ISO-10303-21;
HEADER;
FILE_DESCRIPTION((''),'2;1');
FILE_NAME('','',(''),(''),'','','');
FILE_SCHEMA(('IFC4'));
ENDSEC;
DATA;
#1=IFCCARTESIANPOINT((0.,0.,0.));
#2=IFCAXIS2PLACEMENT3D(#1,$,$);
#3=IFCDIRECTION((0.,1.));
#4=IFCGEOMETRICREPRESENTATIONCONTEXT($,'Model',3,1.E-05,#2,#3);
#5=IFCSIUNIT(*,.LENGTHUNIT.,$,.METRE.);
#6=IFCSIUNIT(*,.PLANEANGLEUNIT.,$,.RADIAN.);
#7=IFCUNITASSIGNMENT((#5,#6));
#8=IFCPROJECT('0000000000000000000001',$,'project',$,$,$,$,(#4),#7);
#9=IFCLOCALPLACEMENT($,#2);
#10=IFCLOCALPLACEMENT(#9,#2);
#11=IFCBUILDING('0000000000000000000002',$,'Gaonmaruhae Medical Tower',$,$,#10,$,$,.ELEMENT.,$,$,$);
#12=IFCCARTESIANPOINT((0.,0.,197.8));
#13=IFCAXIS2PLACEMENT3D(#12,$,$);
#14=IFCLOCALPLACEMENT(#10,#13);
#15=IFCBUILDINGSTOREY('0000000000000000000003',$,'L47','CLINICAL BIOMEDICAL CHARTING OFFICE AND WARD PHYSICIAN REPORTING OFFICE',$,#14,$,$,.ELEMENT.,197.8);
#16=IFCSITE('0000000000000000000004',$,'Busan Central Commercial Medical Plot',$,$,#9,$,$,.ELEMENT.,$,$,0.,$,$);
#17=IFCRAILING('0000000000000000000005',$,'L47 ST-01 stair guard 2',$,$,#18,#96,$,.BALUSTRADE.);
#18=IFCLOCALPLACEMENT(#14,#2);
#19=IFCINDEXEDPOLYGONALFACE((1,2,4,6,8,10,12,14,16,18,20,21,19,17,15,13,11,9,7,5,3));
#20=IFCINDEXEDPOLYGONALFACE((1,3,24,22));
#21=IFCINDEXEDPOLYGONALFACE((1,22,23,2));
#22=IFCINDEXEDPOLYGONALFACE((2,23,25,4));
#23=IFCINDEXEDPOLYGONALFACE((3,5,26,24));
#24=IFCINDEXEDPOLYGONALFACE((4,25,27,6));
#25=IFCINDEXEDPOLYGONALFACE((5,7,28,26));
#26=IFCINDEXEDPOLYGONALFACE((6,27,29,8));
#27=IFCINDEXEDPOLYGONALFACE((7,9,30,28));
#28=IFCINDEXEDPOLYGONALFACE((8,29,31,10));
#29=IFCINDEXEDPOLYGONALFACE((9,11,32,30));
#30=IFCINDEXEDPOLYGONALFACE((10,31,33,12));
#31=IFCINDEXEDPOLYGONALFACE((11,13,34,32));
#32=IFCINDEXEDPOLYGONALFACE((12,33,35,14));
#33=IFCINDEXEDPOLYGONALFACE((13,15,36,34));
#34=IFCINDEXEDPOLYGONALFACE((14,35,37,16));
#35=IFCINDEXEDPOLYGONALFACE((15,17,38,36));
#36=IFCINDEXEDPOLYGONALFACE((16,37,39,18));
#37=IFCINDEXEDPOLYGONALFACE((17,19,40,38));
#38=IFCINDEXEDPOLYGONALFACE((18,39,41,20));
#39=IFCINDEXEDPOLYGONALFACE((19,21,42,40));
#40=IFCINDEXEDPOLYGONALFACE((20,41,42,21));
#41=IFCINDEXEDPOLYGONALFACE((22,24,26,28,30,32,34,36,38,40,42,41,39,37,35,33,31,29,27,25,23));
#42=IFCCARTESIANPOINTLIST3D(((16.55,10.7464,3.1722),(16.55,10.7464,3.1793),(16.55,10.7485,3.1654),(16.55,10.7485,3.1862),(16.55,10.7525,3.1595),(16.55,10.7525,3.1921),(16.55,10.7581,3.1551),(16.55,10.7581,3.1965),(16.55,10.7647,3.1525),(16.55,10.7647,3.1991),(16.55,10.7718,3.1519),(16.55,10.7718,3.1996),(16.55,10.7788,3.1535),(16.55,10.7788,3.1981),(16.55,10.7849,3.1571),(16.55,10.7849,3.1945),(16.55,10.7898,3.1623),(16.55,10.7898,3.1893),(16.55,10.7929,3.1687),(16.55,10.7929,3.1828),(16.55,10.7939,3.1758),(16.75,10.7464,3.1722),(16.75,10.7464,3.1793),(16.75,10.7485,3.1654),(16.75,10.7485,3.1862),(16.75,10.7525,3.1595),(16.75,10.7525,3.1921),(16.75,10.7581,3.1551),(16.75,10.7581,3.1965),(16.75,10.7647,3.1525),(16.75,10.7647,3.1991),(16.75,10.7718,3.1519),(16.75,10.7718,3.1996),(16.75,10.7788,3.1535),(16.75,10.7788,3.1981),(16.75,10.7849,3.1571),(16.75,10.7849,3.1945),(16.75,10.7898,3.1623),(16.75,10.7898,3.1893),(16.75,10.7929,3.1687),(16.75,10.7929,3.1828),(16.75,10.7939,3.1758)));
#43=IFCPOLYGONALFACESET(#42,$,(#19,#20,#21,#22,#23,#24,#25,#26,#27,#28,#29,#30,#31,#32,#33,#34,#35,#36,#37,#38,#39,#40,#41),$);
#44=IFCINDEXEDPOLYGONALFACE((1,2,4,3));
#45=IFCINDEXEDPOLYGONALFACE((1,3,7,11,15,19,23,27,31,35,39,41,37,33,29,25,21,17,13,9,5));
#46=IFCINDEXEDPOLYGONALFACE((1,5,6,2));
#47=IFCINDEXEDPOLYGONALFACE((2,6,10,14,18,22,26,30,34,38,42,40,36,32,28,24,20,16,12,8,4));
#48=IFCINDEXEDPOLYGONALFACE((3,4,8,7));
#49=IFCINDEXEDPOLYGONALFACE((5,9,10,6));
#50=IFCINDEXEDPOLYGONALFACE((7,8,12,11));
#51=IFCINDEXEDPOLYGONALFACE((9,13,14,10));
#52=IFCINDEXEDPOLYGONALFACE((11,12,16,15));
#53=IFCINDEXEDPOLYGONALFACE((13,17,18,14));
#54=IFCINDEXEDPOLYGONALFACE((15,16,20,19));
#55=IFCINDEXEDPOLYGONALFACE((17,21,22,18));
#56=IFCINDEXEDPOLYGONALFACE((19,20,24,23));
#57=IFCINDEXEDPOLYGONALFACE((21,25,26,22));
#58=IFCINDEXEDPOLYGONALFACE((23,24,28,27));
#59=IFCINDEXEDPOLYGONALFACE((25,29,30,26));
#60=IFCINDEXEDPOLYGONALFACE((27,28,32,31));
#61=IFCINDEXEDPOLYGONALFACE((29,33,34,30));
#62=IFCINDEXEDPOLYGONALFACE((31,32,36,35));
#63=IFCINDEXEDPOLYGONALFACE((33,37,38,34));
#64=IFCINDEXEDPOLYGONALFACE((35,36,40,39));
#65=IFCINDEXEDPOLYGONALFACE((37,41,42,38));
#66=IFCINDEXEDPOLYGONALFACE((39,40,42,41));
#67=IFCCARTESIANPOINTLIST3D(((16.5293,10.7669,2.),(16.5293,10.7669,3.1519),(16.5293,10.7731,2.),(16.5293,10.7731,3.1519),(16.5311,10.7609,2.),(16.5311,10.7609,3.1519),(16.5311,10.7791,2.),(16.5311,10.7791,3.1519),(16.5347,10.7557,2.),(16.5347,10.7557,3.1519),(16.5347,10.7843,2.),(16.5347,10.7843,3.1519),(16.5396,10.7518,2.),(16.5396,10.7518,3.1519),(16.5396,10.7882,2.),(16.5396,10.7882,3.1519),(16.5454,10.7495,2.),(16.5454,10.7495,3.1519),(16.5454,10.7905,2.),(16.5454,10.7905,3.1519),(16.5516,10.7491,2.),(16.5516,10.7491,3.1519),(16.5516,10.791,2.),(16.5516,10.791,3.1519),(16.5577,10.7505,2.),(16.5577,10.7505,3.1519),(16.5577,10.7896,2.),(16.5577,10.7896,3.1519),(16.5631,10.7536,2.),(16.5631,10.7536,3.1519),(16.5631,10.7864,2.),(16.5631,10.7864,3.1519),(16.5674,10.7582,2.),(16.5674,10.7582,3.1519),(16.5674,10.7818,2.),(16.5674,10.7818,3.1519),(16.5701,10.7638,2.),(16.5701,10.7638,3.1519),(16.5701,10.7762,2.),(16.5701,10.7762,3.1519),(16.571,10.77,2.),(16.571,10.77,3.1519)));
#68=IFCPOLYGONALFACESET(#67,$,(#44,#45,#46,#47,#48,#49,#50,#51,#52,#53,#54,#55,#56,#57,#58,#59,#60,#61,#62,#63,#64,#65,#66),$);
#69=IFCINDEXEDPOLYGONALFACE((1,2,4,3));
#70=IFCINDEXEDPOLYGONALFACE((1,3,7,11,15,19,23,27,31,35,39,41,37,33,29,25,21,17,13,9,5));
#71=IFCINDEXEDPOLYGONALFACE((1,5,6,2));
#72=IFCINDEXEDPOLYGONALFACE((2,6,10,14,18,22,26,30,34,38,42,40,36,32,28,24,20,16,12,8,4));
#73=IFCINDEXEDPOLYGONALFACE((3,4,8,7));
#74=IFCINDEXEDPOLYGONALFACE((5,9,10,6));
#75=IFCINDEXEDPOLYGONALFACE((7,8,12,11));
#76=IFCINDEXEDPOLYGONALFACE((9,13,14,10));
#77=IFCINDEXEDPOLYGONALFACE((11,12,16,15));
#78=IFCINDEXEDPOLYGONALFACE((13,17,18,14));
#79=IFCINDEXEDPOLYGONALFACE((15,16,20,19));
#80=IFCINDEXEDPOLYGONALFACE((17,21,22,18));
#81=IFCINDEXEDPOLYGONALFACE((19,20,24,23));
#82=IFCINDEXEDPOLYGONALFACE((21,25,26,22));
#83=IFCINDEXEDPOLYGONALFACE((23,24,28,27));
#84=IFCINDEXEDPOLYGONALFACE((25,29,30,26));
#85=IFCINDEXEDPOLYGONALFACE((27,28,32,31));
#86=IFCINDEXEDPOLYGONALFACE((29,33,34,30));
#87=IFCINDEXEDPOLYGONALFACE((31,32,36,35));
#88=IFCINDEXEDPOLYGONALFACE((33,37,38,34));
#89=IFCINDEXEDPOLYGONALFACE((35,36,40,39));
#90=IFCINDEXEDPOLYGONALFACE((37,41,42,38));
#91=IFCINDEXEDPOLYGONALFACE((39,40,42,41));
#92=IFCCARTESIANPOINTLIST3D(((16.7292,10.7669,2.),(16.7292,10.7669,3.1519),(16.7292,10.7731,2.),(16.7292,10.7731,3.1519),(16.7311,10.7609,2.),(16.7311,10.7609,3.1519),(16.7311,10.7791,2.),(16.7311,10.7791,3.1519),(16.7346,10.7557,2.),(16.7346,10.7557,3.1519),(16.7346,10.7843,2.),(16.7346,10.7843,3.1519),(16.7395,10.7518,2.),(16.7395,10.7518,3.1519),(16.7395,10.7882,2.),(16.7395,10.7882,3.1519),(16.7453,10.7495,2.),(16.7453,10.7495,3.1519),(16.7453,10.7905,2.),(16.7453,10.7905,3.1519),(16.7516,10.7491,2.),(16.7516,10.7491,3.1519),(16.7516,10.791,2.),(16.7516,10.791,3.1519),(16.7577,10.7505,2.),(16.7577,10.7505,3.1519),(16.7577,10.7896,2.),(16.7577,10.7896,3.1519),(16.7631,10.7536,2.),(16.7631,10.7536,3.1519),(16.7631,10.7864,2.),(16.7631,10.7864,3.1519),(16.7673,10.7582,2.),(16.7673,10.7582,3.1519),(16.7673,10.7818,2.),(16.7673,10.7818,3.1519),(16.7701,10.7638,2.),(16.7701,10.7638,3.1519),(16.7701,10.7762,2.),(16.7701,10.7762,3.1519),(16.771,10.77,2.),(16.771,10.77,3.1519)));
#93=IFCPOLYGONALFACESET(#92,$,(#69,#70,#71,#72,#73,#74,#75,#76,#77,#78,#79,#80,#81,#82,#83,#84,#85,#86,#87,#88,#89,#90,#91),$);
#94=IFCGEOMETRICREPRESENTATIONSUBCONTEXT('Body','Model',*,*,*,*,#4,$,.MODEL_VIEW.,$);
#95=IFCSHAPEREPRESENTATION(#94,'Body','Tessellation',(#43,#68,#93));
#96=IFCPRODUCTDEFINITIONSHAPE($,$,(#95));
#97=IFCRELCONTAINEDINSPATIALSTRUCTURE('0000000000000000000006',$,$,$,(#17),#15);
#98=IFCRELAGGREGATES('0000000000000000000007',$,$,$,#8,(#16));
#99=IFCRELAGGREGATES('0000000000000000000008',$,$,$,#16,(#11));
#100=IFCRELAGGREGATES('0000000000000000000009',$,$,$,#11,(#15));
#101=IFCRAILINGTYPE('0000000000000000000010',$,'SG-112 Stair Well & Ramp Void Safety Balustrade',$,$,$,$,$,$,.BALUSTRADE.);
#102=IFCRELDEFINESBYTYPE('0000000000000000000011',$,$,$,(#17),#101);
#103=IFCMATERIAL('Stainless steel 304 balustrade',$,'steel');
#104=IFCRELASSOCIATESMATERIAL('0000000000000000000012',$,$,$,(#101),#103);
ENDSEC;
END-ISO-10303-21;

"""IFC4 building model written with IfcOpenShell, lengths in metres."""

from ifc_helpers import new_model, si_unit, direction, frame, origin, origin_2d, place, context, subcontext, project, spatial, circle, extrude, material, type_object, element, save


model = new_model("IFC4")

# Units and contexts
model_context = context("Model", 3, precision=1e-05, world=origin(), true_north=direction((0.0, 1.0)))
body_context = subcontext(model_context, "Body", "Model", "MODEL_VIEW")
ifc_project = project(units=[si_unit("LENGTHUNIT", "METRE"), si_unit("PLANEANGLEUNIT", "RADIAN")], contexts=[model_context])

# Site, building, storey
site_placement = place(None, origin())
site = spatial("IfcSite", under=ifc_project, at=site_placement, Name="Busan Central Commercial Medical Plot", CompositionType="ELEMENT", RefElevation=0.0)
building_placement = place(site_placement, origin())
building = spatial("IfcBuilding", under=site, at=building_placement, Name="Gaonmaruhae Medical Tower", CompositionType="ELEMENT")
storey_placement = place(building_placement, frame((0.0, 0.0, 197.8)))
storey = spatial("IfcBuildingStorey", under=building, at=storey_placement, Name="L47", Description="CLINICAL BIOMEDICAL CHARTING OFFICE AND WARD PHYSICIAN REPORTING OFFICE", CompositionType="ELEMENT", Elevation=197.8)

# Railing
ifc_material_1 = material(Name="Stainless steel 304 balustrade", Category="steel")
railing_type_1 = type_object("IfcRailingType", Name="SG-112 Stair Well & Ramp Void Safety Balustrade", PredefinedType="BALUSTRADE", material=ifc_material_1)
railing_1_placement = place(storey_placement, frame((16.55, 10.77, 2.0)))
element("IfcRailing", 1, at=railing_1_placement, inside=storey, type_object=railing_type_1, Name="L47 ST-01 stair guard 2", PredefinedType="BALUSTRADE", context=body_context, shape_type="SweptSolid", body=[
    extrude(circle(Radius=0.0239, at=origin_2d()), frame((0.0, 0.0, 1.1758), z_axis=(1.0, 0.0, 0.0), x_axis=(0.0, 1.0, 0.0)), (0.0, 0.0, 1.0), 0.2),
    extrude(circle(Radius=0.021, at=origin_2d()), origin(), (0.0, 0.0, 1.0), 1.1519),
    extrude(circle(Radius=0.021, at=origin_2d()), frame((0.2, 0.0, 0.0)), (0.0, 0.0, 1.0), 1.1519),
])

save(model, "model.ifc")
